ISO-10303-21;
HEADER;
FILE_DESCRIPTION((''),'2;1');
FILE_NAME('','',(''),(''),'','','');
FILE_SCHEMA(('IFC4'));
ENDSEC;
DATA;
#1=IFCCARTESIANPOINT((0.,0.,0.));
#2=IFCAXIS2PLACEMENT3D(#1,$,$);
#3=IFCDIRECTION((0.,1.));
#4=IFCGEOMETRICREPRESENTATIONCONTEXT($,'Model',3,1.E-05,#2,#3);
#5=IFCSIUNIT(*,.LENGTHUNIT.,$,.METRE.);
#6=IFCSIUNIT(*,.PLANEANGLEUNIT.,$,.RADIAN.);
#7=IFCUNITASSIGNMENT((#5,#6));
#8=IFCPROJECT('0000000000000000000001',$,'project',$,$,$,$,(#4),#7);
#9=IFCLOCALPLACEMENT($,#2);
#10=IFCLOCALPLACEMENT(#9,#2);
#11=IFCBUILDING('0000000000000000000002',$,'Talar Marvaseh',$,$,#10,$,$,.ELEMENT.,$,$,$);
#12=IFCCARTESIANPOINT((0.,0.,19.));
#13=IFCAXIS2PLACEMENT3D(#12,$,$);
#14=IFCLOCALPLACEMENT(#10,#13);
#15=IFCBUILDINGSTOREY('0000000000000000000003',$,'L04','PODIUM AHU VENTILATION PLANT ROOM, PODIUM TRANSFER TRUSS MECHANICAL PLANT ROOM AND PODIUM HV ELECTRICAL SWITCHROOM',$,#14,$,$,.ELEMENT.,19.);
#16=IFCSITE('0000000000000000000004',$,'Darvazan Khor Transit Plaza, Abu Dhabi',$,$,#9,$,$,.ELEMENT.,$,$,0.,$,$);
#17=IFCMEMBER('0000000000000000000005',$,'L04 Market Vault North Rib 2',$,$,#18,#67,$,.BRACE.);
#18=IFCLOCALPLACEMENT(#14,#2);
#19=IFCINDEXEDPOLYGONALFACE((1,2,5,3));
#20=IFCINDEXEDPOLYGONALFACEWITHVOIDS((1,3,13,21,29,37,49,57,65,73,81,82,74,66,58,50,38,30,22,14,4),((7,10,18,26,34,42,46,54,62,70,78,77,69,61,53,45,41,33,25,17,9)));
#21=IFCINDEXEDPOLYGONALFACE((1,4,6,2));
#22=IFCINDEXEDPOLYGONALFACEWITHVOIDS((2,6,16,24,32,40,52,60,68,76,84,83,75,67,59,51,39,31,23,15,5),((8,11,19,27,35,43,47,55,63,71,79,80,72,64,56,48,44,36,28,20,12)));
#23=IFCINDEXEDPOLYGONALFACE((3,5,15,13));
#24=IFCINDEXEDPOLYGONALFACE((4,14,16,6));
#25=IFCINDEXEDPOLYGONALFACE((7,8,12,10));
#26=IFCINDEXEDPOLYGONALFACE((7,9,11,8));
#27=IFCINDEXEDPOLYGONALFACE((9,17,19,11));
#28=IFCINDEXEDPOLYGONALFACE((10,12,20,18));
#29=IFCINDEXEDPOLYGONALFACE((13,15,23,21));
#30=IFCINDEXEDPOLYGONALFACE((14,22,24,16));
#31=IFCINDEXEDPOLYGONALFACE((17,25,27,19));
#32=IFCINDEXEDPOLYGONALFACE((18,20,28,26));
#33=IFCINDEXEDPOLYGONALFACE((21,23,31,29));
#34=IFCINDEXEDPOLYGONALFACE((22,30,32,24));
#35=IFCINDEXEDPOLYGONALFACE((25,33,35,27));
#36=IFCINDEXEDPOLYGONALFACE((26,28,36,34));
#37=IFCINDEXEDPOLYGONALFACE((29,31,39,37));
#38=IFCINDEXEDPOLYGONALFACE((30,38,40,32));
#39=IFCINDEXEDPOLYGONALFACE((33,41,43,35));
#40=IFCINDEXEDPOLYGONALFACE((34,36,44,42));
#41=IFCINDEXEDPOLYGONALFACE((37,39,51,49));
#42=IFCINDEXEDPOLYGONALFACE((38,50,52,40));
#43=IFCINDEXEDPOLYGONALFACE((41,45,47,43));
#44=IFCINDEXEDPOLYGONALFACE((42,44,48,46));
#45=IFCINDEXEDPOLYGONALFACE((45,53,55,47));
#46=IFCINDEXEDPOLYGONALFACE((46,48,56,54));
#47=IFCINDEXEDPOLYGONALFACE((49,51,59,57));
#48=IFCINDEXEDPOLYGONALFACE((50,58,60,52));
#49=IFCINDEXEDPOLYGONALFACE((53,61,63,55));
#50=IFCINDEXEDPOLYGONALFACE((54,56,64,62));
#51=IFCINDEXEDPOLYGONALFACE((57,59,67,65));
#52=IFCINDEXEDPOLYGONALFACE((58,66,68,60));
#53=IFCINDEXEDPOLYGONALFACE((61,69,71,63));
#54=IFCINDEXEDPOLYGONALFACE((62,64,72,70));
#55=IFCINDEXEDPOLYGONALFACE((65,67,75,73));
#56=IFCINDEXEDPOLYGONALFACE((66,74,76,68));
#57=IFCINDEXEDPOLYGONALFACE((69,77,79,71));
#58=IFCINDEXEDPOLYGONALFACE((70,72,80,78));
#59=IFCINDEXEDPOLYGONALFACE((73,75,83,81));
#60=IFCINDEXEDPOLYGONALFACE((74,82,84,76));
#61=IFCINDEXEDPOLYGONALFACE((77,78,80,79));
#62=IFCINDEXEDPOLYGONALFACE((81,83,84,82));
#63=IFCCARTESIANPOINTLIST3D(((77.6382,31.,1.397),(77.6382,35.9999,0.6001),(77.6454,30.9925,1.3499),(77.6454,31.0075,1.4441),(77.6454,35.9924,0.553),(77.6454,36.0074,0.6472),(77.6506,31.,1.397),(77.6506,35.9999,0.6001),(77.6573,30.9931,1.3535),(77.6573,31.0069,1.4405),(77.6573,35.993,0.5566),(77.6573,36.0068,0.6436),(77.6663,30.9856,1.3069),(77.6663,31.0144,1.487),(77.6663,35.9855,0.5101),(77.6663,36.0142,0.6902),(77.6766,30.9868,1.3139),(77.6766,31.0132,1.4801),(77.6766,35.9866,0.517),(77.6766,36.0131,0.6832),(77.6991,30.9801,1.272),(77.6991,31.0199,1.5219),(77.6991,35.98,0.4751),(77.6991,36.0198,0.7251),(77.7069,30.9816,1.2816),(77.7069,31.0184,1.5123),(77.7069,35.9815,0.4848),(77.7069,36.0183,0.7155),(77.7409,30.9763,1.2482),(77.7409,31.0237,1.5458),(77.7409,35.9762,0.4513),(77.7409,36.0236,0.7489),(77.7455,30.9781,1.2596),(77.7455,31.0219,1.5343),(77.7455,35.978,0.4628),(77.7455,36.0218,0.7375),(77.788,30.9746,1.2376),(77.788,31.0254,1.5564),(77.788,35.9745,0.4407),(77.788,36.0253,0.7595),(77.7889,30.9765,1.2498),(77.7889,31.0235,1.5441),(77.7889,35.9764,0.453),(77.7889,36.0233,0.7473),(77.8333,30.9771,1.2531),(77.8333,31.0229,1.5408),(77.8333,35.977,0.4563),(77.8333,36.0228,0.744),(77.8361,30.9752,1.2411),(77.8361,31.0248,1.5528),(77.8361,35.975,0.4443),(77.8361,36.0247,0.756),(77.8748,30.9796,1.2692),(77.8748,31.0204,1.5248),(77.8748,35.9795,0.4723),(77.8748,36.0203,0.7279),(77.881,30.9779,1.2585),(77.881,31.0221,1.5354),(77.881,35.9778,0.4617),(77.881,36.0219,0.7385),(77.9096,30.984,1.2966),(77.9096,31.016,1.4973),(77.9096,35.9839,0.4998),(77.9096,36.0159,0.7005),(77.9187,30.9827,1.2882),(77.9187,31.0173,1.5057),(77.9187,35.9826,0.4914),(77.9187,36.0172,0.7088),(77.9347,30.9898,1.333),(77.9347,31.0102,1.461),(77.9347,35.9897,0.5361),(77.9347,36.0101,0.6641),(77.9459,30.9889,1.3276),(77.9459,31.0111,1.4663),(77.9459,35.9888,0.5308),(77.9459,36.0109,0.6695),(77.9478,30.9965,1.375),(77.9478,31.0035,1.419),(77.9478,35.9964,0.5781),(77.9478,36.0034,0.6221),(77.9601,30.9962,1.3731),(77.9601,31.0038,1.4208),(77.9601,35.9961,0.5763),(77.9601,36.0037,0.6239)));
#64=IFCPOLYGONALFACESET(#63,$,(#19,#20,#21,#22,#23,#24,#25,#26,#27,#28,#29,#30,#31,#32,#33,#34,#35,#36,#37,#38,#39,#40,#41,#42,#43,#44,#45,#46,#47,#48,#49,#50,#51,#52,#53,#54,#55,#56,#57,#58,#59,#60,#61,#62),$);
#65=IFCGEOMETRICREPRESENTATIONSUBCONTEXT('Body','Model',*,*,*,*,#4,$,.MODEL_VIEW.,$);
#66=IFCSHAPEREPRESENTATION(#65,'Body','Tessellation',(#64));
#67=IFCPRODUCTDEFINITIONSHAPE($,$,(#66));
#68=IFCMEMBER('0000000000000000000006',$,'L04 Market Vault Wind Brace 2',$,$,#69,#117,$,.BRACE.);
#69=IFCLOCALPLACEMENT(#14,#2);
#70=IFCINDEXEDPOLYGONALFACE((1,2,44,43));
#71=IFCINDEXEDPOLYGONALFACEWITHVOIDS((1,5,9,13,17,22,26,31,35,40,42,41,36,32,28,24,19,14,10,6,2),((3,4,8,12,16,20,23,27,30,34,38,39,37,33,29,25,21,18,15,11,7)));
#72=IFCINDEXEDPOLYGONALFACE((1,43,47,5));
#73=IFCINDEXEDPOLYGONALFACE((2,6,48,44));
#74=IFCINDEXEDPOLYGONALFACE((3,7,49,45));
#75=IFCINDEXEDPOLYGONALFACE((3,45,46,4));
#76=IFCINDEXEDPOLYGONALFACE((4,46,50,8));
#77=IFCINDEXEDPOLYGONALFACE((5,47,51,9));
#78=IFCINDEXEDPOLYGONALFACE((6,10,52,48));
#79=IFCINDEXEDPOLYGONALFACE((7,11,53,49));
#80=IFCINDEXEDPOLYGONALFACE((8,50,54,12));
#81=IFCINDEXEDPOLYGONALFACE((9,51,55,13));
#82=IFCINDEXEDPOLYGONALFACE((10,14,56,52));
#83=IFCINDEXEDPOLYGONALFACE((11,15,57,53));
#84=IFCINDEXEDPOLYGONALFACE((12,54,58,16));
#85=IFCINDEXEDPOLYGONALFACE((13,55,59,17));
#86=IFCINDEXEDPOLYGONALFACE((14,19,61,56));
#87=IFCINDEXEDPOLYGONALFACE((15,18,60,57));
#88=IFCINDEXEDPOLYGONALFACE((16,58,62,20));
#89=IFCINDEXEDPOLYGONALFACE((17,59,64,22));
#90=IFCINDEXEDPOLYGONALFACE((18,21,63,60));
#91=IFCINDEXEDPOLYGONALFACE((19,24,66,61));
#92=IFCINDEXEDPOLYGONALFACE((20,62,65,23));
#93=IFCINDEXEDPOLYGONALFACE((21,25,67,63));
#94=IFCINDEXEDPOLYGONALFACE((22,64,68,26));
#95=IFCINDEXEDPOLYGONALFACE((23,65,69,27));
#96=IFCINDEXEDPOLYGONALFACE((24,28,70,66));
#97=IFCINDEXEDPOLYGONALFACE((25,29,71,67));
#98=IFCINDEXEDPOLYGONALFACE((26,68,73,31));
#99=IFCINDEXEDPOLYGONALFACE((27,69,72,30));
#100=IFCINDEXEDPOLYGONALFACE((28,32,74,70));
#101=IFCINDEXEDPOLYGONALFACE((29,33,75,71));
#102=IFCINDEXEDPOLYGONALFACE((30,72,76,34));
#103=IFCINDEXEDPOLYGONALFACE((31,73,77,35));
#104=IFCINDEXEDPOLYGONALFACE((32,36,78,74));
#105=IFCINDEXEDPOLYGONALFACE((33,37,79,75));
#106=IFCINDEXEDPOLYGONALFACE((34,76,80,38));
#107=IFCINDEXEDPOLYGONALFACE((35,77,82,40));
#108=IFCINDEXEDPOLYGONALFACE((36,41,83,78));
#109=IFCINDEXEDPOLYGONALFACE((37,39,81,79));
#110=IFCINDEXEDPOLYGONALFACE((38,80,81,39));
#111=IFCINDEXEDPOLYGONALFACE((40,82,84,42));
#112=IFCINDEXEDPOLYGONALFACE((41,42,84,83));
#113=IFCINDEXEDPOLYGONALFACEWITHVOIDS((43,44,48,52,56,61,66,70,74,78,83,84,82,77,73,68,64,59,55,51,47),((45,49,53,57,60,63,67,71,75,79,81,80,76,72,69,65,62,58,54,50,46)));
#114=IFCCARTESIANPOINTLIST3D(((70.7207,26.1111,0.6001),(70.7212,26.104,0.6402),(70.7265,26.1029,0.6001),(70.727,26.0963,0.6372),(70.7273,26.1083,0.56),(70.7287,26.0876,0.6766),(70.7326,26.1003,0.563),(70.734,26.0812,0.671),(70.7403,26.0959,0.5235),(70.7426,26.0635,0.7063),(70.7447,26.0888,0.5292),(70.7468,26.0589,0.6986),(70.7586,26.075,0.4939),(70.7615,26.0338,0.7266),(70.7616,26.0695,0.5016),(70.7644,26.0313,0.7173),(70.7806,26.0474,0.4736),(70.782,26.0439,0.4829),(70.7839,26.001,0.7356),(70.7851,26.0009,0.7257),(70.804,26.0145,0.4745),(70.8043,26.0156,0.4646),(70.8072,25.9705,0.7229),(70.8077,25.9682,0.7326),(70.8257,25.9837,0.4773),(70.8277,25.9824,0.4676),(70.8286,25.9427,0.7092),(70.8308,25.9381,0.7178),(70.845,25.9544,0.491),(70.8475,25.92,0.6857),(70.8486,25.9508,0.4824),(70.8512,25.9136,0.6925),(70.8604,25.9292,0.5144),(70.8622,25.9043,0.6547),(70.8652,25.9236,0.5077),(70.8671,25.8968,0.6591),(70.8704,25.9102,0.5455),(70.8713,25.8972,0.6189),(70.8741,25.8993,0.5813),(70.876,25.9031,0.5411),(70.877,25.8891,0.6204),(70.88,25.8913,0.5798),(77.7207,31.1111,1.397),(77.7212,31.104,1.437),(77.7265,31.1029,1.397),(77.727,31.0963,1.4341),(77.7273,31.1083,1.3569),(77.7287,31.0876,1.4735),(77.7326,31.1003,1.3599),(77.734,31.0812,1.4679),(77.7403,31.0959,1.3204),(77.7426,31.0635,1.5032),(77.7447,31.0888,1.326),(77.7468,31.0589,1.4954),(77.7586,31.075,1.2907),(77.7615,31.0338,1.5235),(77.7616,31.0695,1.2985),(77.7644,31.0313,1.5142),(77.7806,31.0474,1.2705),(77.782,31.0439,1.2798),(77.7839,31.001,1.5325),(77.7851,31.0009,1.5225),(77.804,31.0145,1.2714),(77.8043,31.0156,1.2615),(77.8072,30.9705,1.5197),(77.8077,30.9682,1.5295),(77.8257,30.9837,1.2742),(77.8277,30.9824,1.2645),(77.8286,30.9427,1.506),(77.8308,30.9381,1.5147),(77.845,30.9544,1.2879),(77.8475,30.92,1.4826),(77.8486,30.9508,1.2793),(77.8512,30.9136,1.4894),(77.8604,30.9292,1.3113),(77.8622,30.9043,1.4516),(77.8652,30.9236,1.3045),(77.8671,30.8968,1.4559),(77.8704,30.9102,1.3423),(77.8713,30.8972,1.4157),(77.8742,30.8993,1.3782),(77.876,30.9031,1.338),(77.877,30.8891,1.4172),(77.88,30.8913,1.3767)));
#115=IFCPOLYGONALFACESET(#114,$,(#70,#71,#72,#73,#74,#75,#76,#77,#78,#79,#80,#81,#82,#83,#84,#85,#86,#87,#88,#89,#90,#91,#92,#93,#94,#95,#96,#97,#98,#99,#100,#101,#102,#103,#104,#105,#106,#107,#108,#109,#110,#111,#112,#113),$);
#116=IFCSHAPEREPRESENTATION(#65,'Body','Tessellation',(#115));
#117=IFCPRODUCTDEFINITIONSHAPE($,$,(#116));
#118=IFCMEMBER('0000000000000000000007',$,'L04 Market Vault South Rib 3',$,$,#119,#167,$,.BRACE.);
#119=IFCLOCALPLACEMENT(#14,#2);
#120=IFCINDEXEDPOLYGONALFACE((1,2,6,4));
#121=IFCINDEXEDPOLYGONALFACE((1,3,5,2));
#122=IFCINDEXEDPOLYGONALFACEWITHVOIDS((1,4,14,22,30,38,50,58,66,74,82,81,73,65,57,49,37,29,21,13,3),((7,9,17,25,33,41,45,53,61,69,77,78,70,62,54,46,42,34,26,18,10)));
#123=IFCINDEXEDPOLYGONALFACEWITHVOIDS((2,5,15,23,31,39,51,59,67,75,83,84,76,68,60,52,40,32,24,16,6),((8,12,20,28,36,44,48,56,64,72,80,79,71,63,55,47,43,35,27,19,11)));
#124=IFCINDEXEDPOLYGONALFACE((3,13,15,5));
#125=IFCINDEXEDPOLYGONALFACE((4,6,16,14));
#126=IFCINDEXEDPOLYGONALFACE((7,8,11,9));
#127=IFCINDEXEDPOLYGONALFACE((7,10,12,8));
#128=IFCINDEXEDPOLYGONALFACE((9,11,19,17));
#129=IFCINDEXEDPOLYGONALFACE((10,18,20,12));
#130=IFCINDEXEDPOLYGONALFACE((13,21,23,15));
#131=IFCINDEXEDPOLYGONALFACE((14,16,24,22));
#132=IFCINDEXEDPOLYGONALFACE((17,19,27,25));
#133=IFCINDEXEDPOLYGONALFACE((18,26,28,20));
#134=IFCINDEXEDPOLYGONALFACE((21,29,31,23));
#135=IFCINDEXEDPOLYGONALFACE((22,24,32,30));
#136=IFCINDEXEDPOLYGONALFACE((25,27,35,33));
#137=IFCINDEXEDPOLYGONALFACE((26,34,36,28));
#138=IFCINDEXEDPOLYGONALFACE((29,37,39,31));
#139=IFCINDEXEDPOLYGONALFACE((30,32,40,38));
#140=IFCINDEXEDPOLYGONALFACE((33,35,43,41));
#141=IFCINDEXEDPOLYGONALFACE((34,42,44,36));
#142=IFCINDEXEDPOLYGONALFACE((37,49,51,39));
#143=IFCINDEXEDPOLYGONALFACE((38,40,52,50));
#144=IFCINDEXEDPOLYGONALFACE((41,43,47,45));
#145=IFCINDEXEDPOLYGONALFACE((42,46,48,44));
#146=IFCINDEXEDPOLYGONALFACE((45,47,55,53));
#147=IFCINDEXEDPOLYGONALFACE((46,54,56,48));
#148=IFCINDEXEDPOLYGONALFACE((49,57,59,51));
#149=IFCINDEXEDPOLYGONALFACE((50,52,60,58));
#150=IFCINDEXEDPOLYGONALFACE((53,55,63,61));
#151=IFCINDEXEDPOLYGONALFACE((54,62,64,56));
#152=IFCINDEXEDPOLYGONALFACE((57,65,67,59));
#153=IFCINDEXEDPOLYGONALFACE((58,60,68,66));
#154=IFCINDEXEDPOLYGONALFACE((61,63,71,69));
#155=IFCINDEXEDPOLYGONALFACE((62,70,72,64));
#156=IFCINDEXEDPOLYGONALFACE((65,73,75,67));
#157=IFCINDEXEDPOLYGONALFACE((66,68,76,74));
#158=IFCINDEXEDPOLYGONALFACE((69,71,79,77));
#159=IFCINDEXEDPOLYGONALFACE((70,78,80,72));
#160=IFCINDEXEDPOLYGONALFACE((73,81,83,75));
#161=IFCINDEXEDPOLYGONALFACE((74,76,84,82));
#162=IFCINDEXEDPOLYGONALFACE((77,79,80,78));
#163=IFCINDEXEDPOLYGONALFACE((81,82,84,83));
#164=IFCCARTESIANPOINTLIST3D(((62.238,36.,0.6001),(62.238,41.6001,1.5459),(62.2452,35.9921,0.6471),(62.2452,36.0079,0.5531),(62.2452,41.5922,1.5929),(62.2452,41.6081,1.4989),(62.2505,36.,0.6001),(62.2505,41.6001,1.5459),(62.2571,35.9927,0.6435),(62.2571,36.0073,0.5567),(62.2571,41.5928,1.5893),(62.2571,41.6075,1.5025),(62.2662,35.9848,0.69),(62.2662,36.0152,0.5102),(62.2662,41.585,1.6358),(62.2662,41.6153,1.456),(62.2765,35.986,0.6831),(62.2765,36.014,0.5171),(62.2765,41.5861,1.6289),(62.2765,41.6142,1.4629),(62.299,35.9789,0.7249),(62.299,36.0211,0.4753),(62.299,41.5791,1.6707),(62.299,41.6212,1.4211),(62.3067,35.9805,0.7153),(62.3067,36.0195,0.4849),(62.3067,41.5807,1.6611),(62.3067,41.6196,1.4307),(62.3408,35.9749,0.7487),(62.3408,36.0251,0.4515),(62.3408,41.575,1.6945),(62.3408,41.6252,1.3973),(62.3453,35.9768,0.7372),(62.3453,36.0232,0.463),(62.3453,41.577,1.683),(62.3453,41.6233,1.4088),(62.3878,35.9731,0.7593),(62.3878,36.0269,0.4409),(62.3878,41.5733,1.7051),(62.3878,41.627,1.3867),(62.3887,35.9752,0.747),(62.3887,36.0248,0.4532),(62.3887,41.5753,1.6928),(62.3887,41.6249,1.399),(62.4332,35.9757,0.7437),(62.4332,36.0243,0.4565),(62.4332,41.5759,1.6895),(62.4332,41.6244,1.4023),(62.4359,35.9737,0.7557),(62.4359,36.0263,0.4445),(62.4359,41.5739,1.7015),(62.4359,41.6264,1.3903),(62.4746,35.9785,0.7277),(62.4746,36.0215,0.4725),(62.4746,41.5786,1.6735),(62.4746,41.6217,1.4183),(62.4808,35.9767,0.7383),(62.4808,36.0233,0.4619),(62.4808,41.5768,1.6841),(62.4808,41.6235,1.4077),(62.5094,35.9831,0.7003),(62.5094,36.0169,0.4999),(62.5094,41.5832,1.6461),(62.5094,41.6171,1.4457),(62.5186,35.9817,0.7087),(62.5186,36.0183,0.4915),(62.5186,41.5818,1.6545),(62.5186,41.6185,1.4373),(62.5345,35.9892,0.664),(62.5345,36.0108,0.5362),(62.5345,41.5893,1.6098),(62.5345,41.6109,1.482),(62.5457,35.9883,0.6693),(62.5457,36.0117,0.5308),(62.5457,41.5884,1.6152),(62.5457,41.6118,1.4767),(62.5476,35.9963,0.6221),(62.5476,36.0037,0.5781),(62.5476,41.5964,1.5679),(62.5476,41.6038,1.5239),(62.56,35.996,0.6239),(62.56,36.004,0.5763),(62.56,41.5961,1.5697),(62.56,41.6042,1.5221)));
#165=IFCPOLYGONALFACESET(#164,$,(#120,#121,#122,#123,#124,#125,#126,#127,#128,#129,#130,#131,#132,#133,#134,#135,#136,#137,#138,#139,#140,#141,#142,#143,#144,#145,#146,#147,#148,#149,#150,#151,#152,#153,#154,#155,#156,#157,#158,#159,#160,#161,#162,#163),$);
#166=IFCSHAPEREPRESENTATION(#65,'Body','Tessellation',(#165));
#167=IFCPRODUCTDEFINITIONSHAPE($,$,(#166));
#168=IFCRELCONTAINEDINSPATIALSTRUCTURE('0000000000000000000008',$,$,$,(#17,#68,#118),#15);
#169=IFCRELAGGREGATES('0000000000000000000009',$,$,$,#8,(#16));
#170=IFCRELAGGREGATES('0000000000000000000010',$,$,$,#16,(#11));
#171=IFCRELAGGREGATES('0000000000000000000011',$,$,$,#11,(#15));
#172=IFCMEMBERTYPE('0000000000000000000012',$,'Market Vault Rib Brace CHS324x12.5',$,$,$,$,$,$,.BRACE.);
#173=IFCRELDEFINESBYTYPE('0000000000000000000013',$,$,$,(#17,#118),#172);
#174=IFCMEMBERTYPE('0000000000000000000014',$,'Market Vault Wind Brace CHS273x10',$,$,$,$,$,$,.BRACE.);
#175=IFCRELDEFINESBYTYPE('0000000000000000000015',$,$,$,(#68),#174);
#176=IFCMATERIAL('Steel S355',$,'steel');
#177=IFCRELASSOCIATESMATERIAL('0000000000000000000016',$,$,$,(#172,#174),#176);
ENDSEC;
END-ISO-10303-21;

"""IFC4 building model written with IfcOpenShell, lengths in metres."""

from ifc_helpers import new_model, si_unit, direction, frame, origin, origin_2d, place, context, subcontext, project, spatial, hollow_circle, extrude, source, transform, mapped, material, material_profile, profile_set, type_object, type_shapes, element, save


model = new_model("IFC4")

# Units and contexts
model_context = context("Model", 3, precision=1e-05, world=origin(), true_north=direction((0.0, 1.0)))
body_context = subcontext(model_context, "Body", "Model", "MODEL_VIEW")
ifc_project = project(units=[si_unit("LENGTHUNIT", "METRE"), si_unit("PLANEANGLEUNIT", "RADIAN")], contexts=[model_context])

# Site, building, storey
site_placement = place(None, origin())
site = spatial("IfcSite", under=ifc_project, at=site_placement, Name="Darvazan Khor Transit Plaza, Abu Dhabi", CompositionType="ELEMENT", RefElevation=0.0)
building_placement = place(site_placement, origin())
building = spatial("IfcBuilding", under=site, at=building_placement, Name="Talar Marvaseh", CompositionType="ELEMENT")
storey_placement = place(building_placement, frame((0.0, 0.0, 19.0)))
storey = spatial("IfcBuildingStorey", under=building, at=storey_placement, Name="L04", Description="PODIUM AHU VENTILATION PLANT ROOM, PODIUM TRANSFER TRUSS MECHANICAL PLANT ROOM AND PODIUM HV ELECTRICAL SWITCHROOM", CompositionType="ELEMENT", Elevation=19.0)

# Shared definitions
ifc_material_1 = material(Name="Steel S355", Category="steel")

# Members
ifc_material_profile_1 = material_profile(ifc_material_1, hollow_circle(Radius=0.1619, WallThickness=0.0125, at=origin_2d()), Name="CHS324x12.5")
ifc_profile_set_1 = profile_set([ifc_material_profile_1], Name="Steel S355")
member_type_1 = type_object("IfcMemberType", Name="Market Vault Rib Brace CHS324x12.5", PredefinedType="BRACE", material=ifc_profile_set_1)
shared_shape_1 = source(origin(), body_context, "Body", "SweptSolid", [
    extrude(hollow_circle(Radius=0.1619, WallThickness=0.0125, at=origin_2d()), origin(), (0.0, 0.0, 1.0), 5.063),
])
for number, where, z_axis, x_axis, name in (
    (1, (77.8, 31.0, 1.397), (0.0, 0.987537, -0.157389), (-1.0, 0.0, 0.0), "L04 Market Vault North Rib 2"),
):
    element("IfcMember", number, at=place(storey_placement, frame(where, z_axis=z_axis, x_axis=x_axis)), inside=storey, type_object=member_type_1, Name=name, PredefinedType="BRACE", context=body_context, shape_type="MappedRepresentation", body=[
        mapped(shared_shape_1, transform((0.0, 0.0, 0.0), x_axis=(1.0, 0.0, 0.0), y_axis=(0.0, 1.0, 0.0), z_axis=(0.0, 0.0, 1.0), scale=1.0)),
    ])
ifc_material_profile_2 = material_profile(ifc_material_1, hollow_circle(Radius=0.1365, WallThickness=0.01, at=origin_2d()), Name="CHS273x10")
ifc_profile_set_2 = profile_set([ifc_material_profile_2], Name="Steel S355")
member_type_2 = type_object("IfcMemberType", Name="Market Vault Wind Brace CHS273x10", PredefinedType="BRACE", material=ifc_profile_set_2)
shared_shape_2 = source(origin(), body_context, "Body", "SweptSolid", [
    extrude(hollow_circle(Radius=0.1365, WallThickness=0.01, at=origin_2d()), origin(), (0.0, 0.0, 1.0), 8.6392),
])
member_1_placement = place(storey_placement, frame((70.8, 26.0, 0.6001), z_axis=(0.810264, 0.57876, 0.09224), x_axis=(-0.581238, 0.813733, 0.0)))
element("IfcMember", 2, at=member_1_placement, inside=storey, type_object=member_type_2, Name="L04 Market Vault Wind Brace 2", PredefinedType="BRACE", context=body_context, shape_type="MappedRepresentation", body=[
    mapped(shared_shape_2, transform((0.0, 0.0, 0.0), x_axis=(1.0, 0.0, 0.0), y_axis=(0.0, 1.0, 0.0), z_axis=(0.0, 0.0, 1.0), scale=1.0)),
])
shared_shape_3 = source(origin(), body_context, "Body", "SweptSolid", [
    extrude(hollow_circle(Radius=0.1619, WallThickness=0.0125, at=origin_2d()), origin(), (0.0, 0.0, 1.0), 5.6794),
])
type_shapes(member_type_1, [shared_shape_1, shared_shape_3])
for number, where, z_axis, x_axis, name in (
    (3, (62.3999, 36.0, 0.6001), (0.0, 0.986036, 0.166532), (-1.0, 0.0, 0.0), "L04 Market Vault South Rib 3"),
):
    element("IfcMember", number, at=place(storey_placement, frame(where, z_axis=z_axis, x_axis=x_axis)), inside=storey, type_object=member_type_1, Name=name, PredefinedType="BRACE", context=body_context, shape_type="MappedRepresentation", body=[
        mapped(shared_shape_3, transform((0.0, 0.0, 0.0), x_axis=(1.0, 0.0, 0.0), y_axis=(0.0, 1.0, 0.0), z_axis=(0.0, 0.0, 1.0), scale=1.0)),
    ])

save(model, "model.ifc")
